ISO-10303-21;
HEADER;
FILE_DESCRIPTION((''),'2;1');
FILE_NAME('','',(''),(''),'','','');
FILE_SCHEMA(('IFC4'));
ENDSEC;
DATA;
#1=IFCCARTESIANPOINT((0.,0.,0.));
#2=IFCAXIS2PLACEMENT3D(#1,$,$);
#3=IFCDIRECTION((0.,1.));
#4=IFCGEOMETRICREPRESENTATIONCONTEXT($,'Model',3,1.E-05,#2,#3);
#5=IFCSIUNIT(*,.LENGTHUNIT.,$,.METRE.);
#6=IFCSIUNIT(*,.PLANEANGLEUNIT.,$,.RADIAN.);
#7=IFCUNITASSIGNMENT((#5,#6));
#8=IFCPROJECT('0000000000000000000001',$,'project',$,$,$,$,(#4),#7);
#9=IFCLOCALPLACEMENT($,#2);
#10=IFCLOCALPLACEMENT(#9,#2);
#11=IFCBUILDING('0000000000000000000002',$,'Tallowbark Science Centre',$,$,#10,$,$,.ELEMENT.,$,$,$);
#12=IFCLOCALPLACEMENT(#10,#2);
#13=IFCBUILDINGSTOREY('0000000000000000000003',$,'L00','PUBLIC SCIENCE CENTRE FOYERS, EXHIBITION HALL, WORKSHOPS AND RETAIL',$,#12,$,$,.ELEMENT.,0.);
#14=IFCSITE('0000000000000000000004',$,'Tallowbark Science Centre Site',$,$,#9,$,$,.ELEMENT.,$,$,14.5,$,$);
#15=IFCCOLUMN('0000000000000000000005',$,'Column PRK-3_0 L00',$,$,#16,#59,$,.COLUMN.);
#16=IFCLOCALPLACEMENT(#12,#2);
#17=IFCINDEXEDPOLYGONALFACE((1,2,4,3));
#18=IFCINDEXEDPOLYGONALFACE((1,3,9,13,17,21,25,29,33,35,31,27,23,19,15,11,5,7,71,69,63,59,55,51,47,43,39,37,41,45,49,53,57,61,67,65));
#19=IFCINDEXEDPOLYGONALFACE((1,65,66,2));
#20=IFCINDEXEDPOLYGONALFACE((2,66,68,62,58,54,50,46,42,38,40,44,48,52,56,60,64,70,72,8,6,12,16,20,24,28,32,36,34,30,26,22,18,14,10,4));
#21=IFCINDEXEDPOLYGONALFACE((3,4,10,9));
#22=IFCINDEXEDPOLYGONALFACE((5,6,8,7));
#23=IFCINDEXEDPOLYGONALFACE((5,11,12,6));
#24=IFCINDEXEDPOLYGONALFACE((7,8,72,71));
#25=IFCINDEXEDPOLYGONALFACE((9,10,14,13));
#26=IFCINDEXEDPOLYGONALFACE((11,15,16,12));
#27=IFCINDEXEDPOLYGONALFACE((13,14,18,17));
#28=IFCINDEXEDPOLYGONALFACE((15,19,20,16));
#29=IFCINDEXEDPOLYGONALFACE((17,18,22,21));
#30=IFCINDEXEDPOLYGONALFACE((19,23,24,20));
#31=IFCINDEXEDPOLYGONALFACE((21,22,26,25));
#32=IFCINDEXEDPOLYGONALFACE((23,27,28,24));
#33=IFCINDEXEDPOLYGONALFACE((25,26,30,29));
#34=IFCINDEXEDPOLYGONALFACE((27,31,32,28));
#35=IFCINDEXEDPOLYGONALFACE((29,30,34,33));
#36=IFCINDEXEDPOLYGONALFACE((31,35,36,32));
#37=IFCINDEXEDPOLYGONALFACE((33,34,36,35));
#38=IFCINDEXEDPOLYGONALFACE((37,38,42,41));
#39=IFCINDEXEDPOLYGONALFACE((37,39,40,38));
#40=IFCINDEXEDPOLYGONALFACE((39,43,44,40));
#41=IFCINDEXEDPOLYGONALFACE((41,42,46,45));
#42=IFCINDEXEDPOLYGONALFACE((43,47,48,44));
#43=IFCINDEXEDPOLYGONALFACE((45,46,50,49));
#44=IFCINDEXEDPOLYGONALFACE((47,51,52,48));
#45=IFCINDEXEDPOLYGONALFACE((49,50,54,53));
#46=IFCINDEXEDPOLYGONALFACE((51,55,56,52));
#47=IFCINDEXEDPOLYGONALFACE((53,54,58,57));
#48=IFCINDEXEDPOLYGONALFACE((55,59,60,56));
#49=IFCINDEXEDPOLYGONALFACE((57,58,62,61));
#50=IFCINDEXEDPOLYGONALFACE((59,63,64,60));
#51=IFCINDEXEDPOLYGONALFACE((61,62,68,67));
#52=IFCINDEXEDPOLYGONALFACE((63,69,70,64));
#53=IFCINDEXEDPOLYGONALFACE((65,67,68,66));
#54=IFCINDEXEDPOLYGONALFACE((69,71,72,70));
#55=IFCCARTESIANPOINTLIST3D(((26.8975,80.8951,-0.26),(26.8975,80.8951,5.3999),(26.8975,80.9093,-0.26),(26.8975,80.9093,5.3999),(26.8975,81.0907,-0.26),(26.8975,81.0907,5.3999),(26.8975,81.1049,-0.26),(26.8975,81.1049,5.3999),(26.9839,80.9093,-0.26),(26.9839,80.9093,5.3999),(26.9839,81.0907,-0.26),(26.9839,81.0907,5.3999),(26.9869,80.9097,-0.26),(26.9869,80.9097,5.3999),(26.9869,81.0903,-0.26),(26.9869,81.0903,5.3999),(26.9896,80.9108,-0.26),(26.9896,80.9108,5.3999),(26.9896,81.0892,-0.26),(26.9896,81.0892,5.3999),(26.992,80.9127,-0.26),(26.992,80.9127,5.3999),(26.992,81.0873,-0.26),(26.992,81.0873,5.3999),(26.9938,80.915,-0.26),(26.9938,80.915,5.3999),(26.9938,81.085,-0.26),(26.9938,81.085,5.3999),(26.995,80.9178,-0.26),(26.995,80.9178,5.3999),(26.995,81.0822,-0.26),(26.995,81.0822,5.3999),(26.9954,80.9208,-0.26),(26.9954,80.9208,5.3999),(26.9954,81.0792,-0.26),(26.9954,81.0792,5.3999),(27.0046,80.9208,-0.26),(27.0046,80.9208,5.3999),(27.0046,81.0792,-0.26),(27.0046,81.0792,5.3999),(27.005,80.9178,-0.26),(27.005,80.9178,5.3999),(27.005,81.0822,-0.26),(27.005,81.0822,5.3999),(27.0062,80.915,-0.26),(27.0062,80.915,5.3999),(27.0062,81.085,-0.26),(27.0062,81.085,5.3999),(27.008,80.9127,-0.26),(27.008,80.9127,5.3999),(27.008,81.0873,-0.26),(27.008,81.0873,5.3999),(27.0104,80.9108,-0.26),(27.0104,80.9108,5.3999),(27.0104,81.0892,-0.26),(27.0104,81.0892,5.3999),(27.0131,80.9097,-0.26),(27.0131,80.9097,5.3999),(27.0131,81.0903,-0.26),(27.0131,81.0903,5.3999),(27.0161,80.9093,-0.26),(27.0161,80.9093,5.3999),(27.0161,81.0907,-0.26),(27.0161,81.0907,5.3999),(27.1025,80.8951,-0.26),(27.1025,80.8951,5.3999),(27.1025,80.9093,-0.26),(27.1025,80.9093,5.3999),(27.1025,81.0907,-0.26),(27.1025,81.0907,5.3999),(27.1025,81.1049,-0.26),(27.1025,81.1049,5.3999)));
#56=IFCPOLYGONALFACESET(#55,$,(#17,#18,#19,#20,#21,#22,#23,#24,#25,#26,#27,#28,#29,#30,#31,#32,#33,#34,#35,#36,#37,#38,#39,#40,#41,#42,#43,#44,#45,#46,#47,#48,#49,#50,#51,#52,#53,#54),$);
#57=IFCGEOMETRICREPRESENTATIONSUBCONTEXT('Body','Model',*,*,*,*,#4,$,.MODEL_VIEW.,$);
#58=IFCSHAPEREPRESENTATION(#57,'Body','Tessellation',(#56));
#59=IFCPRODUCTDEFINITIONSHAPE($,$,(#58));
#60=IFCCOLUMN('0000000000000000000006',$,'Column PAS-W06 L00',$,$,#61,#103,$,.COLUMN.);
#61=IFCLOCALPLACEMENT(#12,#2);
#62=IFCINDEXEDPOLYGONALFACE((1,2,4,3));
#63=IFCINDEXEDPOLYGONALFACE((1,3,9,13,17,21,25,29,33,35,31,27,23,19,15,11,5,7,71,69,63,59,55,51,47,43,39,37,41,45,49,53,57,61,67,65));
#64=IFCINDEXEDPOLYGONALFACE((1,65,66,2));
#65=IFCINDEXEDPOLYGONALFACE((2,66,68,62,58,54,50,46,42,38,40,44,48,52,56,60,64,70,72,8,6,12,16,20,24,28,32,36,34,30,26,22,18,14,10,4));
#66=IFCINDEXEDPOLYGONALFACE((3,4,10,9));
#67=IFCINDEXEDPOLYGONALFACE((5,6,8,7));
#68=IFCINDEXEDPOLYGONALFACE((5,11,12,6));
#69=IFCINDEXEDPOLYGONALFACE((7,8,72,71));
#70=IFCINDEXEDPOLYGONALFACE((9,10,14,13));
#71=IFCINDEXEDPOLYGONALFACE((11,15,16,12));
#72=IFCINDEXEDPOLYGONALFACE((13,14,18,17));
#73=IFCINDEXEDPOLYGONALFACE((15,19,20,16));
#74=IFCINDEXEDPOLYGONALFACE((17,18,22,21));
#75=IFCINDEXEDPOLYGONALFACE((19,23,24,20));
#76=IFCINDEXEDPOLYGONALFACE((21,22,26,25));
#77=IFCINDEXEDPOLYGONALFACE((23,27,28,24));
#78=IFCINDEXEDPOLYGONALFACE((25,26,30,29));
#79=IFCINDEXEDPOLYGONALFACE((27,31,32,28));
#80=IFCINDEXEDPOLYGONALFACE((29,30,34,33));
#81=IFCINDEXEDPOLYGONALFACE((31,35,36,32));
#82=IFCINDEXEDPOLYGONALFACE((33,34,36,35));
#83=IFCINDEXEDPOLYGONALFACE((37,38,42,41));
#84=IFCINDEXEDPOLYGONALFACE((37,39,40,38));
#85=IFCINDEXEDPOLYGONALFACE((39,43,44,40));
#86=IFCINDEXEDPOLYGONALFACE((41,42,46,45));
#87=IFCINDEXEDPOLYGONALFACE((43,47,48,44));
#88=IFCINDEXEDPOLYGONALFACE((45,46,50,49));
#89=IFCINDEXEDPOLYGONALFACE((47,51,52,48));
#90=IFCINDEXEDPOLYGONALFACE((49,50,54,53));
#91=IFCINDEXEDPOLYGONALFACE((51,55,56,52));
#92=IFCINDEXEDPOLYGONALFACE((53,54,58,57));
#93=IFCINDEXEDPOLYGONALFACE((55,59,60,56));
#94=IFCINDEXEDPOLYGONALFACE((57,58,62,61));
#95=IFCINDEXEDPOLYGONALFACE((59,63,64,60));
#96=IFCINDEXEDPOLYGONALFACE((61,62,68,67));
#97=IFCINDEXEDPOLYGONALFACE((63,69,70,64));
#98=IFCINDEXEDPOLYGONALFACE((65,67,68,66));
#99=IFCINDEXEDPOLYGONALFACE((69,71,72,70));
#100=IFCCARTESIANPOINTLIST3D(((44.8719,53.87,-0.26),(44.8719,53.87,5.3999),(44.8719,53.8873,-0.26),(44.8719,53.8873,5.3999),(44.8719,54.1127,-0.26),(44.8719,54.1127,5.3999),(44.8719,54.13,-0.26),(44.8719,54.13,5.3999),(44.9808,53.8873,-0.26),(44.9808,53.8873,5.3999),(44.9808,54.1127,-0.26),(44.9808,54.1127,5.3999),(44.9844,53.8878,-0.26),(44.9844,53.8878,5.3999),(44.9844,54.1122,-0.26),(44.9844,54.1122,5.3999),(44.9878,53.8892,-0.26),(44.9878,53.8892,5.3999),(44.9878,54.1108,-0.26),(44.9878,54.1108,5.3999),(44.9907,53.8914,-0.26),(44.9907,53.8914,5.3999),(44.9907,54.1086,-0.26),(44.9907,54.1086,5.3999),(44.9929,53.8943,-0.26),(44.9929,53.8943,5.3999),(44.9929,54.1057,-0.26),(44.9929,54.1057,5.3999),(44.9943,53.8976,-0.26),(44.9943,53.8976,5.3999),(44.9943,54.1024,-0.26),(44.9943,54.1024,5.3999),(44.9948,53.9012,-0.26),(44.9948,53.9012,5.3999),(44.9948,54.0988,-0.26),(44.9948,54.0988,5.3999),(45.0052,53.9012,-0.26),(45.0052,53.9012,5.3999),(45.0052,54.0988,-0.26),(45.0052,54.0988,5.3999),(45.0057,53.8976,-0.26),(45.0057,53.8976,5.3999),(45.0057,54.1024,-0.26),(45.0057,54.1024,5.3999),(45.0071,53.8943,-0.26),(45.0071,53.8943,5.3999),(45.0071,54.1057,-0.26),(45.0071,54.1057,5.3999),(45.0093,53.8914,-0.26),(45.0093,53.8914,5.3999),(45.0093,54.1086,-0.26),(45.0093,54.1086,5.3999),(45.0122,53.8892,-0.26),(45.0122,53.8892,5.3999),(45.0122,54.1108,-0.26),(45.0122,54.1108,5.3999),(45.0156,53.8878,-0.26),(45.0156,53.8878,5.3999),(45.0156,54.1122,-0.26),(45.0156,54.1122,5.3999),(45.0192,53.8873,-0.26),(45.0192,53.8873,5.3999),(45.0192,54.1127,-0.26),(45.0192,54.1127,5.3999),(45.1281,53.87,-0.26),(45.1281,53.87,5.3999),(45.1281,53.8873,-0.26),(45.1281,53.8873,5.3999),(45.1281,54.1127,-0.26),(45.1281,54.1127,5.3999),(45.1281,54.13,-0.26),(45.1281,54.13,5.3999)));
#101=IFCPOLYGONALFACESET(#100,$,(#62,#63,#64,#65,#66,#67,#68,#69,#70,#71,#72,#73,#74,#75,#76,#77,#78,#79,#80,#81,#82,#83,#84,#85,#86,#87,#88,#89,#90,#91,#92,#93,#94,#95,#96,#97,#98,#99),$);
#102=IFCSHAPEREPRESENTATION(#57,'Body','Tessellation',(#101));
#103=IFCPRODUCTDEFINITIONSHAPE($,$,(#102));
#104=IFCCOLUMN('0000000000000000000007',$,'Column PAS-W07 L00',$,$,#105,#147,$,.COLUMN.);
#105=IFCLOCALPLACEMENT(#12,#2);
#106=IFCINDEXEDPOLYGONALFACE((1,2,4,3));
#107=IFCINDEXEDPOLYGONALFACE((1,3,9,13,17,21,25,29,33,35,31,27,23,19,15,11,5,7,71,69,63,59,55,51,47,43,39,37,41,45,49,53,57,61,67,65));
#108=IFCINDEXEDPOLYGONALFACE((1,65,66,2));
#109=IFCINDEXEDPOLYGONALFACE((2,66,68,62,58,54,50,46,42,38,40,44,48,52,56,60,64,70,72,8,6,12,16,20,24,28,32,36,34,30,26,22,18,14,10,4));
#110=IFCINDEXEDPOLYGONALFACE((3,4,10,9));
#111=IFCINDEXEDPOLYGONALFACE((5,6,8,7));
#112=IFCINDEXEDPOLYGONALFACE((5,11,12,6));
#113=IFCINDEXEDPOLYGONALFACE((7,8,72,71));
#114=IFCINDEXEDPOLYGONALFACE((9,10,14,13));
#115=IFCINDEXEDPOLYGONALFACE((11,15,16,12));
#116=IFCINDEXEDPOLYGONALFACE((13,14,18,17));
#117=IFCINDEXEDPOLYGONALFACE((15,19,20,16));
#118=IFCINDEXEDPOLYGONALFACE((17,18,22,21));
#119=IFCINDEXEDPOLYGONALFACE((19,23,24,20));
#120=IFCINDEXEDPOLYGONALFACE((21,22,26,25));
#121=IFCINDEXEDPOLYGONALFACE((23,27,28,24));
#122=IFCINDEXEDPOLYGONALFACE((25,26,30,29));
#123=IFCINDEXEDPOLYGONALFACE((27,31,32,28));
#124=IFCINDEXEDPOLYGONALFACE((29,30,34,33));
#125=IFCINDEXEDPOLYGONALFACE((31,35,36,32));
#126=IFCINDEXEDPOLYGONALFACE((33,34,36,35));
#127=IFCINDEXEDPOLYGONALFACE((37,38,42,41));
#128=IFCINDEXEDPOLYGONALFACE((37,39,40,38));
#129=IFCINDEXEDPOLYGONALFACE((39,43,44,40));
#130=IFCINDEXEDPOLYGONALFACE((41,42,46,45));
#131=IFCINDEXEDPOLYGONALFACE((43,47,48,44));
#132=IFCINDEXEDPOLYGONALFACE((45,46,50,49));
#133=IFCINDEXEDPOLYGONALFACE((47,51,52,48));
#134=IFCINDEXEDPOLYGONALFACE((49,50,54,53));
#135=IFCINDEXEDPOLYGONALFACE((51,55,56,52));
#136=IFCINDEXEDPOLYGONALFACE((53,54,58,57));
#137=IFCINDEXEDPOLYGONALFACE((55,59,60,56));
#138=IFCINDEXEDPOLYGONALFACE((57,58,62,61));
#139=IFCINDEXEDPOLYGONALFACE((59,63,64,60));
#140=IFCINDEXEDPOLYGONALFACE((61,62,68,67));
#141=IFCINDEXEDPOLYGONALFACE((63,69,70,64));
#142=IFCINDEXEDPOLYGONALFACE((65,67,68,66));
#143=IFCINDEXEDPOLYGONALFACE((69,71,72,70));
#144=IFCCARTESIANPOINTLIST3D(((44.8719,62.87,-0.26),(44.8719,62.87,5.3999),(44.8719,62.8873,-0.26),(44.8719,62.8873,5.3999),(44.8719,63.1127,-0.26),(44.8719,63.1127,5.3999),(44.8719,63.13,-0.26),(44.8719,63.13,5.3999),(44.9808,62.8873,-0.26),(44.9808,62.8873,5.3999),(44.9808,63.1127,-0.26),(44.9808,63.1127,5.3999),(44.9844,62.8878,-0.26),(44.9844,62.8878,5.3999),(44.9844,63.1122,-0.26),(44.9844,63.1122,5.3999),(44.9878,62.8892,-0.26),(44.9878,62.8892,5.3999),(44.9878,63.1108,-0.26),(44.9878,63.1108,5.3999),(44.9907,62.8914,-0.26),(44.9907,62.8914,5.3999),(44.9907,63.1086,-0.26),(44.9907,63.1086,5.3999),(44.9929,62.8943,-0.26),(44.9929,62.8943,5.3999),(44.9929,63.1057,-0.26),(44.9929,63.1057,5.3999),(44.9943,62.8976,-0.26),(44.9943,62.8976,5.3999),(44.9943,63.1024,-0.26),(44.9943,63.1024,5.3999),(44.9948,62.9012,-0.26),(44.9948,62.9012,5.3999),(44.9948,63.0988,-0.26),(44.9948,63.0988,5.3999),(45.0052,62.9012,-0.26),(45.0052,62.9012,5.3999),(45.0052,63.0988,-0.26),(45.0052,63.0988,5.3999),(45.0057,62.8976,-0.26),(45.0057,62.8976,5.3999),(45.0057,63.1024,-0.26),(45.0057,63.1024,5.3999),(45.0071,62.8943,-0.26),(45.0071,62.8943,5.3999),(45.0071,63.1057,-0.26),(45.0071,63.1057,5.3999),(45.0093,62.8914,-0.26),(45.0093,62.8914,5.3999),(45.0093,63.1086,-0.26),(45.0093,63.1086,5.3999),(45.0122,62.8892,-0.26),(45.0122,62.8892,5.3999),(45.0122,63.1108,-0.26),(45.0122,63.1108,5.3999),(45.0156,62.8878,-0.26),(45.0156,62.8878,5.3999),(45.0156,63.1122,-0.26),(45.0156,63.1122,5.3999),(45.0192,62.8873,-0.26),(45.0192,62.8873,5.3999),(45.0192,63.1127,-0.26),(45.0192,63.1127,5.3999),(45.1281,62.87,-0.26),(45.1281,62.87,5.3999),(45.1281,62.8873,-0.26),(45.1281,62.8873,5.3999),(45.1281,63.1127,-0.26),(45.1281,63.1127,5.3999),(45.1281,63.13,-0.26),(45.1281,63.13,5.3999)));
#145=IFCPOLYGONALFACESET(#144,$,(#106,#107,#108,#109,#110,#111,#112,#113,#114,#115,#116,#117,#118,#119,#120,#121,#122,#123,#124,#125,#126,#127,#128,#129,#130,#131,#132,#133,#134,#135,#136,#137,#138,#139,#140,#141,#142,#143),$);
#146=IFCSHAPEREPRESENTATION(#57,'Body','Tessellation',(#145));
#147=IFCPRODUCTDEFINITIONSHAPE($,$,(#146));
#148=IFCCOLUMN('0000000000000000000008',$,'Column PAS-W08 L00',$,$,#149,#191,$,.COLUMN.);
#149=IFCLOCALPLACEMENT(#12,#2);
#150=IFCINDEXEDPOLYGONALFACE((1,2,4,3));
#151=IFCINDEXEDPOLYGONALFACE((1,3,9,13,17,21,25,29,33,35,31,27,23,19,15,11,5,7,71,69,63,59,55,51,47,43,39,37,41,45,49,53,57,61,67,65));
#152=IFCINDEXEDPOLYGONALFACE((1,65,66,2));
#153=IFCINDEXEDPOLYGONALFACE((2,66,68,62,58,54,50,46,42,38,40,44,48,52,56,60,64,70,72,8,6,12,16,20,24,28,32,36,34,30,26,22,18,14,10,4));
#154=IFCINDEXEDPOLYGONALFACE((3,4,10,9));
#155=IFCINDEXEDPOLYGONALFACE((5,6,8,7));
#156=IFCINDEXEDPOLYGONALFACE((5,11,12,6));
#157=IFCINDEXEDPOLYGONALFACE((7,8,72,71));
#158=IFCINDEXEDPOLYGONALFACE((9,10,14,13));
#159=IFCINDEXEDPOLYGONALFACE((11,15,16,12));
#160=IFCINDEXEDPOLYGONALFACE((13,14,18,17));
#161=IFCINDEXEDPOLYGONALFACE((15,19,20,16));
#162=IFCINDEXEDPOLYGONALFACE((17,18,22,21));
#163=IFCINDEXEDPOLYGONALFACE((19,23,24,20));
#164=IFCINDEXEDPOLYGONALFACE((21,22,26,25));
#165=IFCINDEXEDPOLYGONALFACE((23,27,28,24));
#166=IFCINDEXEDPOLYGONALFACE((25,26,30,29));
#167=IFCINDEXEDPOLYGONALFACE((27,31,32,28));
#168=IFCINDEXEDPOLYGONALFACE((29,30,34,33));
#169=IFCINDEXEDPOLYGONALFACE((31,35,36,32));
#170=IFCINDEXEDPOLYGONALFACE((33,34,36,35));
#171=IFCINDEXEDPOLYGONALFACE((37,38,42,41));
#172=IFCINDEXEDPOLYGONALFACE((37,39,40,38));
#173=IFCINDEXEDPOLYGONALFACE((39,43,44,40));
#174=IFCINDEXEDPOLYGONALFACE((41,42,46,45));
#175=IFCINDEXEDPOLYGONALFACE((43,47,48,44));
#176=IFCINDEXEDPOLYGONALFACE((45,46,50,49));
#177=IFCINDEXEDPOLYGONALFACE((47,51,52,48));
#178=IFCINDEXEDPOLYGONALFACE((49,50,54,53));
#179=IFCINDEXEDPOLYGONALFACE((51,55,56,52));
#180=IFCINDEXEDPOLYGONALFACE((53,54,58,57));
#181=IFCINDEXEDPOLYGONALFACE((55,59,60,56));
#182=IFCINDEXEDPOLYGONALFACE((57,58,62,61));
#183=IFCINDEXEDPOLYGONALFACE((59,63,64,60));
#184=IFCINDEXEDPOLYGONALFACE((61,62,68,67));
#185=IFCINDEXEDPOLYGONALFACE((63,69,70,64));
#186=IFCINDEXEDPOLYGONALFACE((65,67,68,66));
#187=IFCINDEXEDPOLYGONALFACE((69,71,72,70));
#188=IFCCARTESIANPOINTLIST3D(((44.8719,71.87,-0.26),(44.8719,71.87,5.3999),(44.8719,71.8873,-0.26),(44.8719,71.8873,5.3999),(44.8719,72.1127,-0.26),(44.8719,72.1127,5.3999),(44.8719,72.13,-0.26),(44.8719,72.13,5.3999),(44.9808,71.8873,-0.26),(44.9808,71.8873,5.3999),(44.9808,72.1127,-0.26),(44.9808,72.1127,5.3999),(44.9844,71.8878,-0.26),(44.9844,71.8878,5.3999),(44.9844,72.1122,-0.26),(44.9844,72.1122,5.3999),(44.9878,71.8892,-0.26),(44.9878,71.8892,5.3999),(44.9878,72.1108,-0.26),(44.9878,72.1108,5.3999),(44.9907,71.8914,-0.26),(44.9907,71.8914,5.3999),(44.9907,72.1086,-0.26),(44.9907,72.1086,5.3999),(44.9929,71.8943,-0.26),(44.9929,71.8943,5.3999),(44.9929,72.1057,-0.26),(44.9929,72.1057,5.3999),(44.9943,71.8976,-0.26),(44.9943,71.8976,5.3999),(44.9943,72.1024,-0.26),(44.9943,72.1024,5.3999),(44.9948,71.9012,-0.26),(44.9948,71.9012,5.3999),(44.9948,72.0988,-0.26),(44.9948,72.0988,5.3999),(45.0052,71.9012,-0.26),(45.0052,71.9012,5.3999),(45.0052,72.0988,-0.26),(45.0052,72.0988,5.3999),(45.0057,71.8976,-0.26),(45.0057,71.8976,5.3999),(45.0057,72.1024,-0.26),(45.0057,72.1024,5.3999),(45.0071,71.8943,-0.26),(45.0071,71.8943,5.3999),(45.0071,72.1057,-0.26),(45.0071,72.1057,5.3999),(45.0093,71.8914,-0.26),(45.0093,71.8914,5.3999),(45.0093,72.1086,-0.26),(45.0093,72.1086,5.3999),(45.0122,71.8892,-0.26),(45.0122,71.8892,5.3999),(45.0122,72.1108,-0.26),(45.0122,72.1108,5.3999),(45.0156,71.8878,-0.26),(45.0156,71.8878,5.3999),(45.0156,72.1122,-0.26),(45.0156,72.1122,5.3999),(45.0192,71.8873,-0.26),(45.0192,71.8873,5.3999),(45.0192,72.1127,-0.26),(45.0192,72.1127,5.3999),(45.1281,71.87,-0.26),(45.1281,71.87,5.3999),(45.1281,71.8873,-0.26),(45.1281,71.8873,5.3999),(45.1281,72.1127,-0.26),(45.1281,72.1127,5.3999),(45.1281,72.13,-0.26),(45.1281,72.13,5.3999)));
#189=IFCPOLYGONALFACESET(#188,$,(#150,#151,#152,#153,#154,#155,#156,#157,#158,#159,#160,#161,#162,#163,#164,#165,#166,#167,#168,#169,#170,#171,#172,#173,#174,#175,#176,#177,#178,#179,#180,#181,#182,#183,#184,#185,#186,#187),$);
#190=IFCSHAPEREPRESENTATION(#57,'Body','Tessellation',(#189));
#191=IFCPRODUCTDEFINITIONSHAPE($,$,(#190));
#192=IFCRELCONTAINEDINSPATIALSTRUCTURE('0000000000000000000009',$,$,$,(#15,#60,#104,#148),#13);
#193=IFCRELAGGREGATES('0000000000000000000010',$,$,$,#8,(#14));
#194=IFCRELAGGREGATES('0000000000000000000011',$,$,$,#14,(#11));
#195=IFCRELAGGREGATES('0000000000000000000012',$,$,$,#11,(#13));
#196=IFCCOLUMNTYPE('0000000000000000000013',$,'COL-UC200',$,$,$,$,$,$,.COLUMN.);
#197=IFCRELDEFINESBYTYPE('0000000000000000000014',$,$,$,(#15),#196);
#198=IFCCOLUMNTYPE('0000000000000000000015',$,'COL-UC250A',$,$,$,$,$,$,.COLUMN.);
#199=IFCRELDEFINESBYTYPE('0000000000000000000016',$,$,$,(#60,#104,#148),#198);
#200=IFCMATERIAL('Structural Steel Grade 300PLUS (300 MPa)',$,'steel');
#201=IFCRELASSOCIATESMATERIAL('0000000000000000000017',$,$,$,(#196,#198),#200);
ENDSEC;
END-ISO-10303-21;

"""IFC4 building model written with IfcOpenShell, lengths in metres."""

from ifc_helpers import new_model, si_unit, direction, frame, origin, origin_2d, place, context, subcontext, project, spatial, i_section, extrude, material, material_profile, profile_set, type_object, element, save


model = new_model("IFC4")

# Units and contexts
model_context = context("Model", 3, precision=1e-05, world=origin(), true_north=direction((0.0, 1.0)))
body_context = subcontext(model_context, "Body", "Model", "MODEL_VIEW")
ifc_project = project(units=[si_unit("LENGTHUNIT", "METRE"), si_unit("PLANEANGLEUNIT", "RADIAN")], contexts=[model_context])

# Site, building, storey
site_placement = place(None, origin())
site = spatial("IfcSite", under=ifc_project, at=site_placement, Name="Tallowbark Science Centre Site", CompositionType="ELEMENT", RefElevation=14.5)
building_placement = place(site_placement, origin())
building = spatial("IfcBuilding", under=site, at=building_placement, Name="Tallowbark Science Centre", CompositionType="ELEMENT")
storey_placement = place(building_placement, origin())
storey = spatial("IfcBuildingStorey", under=building, at=storey_placement, Name="L00", Description="PUBLIC SCIENCE CENTRE FOYERS, EXHIBITION HALL, WORKSHOPS AND RETAIL", CompositionType="ELEMENT", Elevation=0.0)

# Columns
ifc_material_1 = material(Name="Structural Steel Grade 300PLUS (300 MPa)", Category="steel")
ifc_material_profile_1 = material_profile(ifc_material_1, i_section(OverallWidth=0.2051, OverallDepth=0.2097, WebThickness=0.0093, FlangeThickness=0.0142, FilletRadius=0.0115, at=origin_2d()), Name="200UC59.5")
ifc_profile_set_1 = profile_set([ifc_material_profile_1], Name="Structural Steel Grade 300PLUS (300 MPa)")
column_type_1 = type_object("IfcColumnType", Name="COL-UC200", PredefinedType="COLUMN", material=ifc_profile_set_1)
column_placement = place(storey_placement, frame((27.0, 81.0, -0.26), z_axis=(0.0, 0.0, 1.0), x_axis=(1.0, 0.0, 0.0)))
element("IfcColumn", 1, at=column_placement, inside=storey, type_object=column_type_1, Name="Column PRK-3_0 L00", PredefinedType="COLUMN", context=body_context, shape_type="SweptSolid", body=[
    extrude(i_section(OverallWidth=0.2051, OverallDepth=0.2097, WebThickness=0.0093, FlangeThickness=0.0142, FilletRadius=0.0115, at=origin_2d()), origin(), (0.0, 0.0, 1.0), 5.6599),
])
ifc_material_profile_2 = material_profile(ifc_material_1, i_section(OverallWidth=0.2561, OverallDepth=0.26, WebThickness=0.0105, FlangeThickness=0.0173, FilletRadius=0.0139, at=origin_2d()), Name="250UC89.5")
ifc_profile_set_2 = profile_set([ifc_material_profile_2], Name="Structural Steel Grade 300PLUS (300 MPa)")
column_type_2 = type_object("IfcColumnType", Name="COL-UC250A", PredefinedType="COLUMN", material=ifc_profile_set_2)
for number, where, z_axis, x_axis, name in (
    (2, (45.0, 54.0, -0.26), (0.0, 0.0, 1.0), (1.0, 0.0, 0.0), "Column PAS-W06 L00"),
    (3, (45.0, 63.0, -0.26), (0.0, 0.0, 1.0), (1.0, 0.0, 0.0), "Column PAS-W07 L00"),
    (4, (45.0, 72.0, -0.26), (0.0, 0.0, 1.0), (1.0, 0.0, 0.0), "Column PAS-W08 L00"),
):
    element("IfcColumn", number, at=place(storey_placement, frame(where, z_axis=z_axis, x_axis=x_axis)), inside=storey, type_object=column_type_2, Name=name, PredefinedType="COLUMN", context=body_context, shape_type="SweptSolid", body=[
        extrude(i_section(OverallWidth=0.2561, OverallDepth=0.26, WebThickness=0.0105, FlangeThickness=0.0173, FilletRadius=0.0139, at=origin_2d()), origin(), (0.0, 0.0, 1.0), 5.6599),
    ])

save(model, "model.ifc")
